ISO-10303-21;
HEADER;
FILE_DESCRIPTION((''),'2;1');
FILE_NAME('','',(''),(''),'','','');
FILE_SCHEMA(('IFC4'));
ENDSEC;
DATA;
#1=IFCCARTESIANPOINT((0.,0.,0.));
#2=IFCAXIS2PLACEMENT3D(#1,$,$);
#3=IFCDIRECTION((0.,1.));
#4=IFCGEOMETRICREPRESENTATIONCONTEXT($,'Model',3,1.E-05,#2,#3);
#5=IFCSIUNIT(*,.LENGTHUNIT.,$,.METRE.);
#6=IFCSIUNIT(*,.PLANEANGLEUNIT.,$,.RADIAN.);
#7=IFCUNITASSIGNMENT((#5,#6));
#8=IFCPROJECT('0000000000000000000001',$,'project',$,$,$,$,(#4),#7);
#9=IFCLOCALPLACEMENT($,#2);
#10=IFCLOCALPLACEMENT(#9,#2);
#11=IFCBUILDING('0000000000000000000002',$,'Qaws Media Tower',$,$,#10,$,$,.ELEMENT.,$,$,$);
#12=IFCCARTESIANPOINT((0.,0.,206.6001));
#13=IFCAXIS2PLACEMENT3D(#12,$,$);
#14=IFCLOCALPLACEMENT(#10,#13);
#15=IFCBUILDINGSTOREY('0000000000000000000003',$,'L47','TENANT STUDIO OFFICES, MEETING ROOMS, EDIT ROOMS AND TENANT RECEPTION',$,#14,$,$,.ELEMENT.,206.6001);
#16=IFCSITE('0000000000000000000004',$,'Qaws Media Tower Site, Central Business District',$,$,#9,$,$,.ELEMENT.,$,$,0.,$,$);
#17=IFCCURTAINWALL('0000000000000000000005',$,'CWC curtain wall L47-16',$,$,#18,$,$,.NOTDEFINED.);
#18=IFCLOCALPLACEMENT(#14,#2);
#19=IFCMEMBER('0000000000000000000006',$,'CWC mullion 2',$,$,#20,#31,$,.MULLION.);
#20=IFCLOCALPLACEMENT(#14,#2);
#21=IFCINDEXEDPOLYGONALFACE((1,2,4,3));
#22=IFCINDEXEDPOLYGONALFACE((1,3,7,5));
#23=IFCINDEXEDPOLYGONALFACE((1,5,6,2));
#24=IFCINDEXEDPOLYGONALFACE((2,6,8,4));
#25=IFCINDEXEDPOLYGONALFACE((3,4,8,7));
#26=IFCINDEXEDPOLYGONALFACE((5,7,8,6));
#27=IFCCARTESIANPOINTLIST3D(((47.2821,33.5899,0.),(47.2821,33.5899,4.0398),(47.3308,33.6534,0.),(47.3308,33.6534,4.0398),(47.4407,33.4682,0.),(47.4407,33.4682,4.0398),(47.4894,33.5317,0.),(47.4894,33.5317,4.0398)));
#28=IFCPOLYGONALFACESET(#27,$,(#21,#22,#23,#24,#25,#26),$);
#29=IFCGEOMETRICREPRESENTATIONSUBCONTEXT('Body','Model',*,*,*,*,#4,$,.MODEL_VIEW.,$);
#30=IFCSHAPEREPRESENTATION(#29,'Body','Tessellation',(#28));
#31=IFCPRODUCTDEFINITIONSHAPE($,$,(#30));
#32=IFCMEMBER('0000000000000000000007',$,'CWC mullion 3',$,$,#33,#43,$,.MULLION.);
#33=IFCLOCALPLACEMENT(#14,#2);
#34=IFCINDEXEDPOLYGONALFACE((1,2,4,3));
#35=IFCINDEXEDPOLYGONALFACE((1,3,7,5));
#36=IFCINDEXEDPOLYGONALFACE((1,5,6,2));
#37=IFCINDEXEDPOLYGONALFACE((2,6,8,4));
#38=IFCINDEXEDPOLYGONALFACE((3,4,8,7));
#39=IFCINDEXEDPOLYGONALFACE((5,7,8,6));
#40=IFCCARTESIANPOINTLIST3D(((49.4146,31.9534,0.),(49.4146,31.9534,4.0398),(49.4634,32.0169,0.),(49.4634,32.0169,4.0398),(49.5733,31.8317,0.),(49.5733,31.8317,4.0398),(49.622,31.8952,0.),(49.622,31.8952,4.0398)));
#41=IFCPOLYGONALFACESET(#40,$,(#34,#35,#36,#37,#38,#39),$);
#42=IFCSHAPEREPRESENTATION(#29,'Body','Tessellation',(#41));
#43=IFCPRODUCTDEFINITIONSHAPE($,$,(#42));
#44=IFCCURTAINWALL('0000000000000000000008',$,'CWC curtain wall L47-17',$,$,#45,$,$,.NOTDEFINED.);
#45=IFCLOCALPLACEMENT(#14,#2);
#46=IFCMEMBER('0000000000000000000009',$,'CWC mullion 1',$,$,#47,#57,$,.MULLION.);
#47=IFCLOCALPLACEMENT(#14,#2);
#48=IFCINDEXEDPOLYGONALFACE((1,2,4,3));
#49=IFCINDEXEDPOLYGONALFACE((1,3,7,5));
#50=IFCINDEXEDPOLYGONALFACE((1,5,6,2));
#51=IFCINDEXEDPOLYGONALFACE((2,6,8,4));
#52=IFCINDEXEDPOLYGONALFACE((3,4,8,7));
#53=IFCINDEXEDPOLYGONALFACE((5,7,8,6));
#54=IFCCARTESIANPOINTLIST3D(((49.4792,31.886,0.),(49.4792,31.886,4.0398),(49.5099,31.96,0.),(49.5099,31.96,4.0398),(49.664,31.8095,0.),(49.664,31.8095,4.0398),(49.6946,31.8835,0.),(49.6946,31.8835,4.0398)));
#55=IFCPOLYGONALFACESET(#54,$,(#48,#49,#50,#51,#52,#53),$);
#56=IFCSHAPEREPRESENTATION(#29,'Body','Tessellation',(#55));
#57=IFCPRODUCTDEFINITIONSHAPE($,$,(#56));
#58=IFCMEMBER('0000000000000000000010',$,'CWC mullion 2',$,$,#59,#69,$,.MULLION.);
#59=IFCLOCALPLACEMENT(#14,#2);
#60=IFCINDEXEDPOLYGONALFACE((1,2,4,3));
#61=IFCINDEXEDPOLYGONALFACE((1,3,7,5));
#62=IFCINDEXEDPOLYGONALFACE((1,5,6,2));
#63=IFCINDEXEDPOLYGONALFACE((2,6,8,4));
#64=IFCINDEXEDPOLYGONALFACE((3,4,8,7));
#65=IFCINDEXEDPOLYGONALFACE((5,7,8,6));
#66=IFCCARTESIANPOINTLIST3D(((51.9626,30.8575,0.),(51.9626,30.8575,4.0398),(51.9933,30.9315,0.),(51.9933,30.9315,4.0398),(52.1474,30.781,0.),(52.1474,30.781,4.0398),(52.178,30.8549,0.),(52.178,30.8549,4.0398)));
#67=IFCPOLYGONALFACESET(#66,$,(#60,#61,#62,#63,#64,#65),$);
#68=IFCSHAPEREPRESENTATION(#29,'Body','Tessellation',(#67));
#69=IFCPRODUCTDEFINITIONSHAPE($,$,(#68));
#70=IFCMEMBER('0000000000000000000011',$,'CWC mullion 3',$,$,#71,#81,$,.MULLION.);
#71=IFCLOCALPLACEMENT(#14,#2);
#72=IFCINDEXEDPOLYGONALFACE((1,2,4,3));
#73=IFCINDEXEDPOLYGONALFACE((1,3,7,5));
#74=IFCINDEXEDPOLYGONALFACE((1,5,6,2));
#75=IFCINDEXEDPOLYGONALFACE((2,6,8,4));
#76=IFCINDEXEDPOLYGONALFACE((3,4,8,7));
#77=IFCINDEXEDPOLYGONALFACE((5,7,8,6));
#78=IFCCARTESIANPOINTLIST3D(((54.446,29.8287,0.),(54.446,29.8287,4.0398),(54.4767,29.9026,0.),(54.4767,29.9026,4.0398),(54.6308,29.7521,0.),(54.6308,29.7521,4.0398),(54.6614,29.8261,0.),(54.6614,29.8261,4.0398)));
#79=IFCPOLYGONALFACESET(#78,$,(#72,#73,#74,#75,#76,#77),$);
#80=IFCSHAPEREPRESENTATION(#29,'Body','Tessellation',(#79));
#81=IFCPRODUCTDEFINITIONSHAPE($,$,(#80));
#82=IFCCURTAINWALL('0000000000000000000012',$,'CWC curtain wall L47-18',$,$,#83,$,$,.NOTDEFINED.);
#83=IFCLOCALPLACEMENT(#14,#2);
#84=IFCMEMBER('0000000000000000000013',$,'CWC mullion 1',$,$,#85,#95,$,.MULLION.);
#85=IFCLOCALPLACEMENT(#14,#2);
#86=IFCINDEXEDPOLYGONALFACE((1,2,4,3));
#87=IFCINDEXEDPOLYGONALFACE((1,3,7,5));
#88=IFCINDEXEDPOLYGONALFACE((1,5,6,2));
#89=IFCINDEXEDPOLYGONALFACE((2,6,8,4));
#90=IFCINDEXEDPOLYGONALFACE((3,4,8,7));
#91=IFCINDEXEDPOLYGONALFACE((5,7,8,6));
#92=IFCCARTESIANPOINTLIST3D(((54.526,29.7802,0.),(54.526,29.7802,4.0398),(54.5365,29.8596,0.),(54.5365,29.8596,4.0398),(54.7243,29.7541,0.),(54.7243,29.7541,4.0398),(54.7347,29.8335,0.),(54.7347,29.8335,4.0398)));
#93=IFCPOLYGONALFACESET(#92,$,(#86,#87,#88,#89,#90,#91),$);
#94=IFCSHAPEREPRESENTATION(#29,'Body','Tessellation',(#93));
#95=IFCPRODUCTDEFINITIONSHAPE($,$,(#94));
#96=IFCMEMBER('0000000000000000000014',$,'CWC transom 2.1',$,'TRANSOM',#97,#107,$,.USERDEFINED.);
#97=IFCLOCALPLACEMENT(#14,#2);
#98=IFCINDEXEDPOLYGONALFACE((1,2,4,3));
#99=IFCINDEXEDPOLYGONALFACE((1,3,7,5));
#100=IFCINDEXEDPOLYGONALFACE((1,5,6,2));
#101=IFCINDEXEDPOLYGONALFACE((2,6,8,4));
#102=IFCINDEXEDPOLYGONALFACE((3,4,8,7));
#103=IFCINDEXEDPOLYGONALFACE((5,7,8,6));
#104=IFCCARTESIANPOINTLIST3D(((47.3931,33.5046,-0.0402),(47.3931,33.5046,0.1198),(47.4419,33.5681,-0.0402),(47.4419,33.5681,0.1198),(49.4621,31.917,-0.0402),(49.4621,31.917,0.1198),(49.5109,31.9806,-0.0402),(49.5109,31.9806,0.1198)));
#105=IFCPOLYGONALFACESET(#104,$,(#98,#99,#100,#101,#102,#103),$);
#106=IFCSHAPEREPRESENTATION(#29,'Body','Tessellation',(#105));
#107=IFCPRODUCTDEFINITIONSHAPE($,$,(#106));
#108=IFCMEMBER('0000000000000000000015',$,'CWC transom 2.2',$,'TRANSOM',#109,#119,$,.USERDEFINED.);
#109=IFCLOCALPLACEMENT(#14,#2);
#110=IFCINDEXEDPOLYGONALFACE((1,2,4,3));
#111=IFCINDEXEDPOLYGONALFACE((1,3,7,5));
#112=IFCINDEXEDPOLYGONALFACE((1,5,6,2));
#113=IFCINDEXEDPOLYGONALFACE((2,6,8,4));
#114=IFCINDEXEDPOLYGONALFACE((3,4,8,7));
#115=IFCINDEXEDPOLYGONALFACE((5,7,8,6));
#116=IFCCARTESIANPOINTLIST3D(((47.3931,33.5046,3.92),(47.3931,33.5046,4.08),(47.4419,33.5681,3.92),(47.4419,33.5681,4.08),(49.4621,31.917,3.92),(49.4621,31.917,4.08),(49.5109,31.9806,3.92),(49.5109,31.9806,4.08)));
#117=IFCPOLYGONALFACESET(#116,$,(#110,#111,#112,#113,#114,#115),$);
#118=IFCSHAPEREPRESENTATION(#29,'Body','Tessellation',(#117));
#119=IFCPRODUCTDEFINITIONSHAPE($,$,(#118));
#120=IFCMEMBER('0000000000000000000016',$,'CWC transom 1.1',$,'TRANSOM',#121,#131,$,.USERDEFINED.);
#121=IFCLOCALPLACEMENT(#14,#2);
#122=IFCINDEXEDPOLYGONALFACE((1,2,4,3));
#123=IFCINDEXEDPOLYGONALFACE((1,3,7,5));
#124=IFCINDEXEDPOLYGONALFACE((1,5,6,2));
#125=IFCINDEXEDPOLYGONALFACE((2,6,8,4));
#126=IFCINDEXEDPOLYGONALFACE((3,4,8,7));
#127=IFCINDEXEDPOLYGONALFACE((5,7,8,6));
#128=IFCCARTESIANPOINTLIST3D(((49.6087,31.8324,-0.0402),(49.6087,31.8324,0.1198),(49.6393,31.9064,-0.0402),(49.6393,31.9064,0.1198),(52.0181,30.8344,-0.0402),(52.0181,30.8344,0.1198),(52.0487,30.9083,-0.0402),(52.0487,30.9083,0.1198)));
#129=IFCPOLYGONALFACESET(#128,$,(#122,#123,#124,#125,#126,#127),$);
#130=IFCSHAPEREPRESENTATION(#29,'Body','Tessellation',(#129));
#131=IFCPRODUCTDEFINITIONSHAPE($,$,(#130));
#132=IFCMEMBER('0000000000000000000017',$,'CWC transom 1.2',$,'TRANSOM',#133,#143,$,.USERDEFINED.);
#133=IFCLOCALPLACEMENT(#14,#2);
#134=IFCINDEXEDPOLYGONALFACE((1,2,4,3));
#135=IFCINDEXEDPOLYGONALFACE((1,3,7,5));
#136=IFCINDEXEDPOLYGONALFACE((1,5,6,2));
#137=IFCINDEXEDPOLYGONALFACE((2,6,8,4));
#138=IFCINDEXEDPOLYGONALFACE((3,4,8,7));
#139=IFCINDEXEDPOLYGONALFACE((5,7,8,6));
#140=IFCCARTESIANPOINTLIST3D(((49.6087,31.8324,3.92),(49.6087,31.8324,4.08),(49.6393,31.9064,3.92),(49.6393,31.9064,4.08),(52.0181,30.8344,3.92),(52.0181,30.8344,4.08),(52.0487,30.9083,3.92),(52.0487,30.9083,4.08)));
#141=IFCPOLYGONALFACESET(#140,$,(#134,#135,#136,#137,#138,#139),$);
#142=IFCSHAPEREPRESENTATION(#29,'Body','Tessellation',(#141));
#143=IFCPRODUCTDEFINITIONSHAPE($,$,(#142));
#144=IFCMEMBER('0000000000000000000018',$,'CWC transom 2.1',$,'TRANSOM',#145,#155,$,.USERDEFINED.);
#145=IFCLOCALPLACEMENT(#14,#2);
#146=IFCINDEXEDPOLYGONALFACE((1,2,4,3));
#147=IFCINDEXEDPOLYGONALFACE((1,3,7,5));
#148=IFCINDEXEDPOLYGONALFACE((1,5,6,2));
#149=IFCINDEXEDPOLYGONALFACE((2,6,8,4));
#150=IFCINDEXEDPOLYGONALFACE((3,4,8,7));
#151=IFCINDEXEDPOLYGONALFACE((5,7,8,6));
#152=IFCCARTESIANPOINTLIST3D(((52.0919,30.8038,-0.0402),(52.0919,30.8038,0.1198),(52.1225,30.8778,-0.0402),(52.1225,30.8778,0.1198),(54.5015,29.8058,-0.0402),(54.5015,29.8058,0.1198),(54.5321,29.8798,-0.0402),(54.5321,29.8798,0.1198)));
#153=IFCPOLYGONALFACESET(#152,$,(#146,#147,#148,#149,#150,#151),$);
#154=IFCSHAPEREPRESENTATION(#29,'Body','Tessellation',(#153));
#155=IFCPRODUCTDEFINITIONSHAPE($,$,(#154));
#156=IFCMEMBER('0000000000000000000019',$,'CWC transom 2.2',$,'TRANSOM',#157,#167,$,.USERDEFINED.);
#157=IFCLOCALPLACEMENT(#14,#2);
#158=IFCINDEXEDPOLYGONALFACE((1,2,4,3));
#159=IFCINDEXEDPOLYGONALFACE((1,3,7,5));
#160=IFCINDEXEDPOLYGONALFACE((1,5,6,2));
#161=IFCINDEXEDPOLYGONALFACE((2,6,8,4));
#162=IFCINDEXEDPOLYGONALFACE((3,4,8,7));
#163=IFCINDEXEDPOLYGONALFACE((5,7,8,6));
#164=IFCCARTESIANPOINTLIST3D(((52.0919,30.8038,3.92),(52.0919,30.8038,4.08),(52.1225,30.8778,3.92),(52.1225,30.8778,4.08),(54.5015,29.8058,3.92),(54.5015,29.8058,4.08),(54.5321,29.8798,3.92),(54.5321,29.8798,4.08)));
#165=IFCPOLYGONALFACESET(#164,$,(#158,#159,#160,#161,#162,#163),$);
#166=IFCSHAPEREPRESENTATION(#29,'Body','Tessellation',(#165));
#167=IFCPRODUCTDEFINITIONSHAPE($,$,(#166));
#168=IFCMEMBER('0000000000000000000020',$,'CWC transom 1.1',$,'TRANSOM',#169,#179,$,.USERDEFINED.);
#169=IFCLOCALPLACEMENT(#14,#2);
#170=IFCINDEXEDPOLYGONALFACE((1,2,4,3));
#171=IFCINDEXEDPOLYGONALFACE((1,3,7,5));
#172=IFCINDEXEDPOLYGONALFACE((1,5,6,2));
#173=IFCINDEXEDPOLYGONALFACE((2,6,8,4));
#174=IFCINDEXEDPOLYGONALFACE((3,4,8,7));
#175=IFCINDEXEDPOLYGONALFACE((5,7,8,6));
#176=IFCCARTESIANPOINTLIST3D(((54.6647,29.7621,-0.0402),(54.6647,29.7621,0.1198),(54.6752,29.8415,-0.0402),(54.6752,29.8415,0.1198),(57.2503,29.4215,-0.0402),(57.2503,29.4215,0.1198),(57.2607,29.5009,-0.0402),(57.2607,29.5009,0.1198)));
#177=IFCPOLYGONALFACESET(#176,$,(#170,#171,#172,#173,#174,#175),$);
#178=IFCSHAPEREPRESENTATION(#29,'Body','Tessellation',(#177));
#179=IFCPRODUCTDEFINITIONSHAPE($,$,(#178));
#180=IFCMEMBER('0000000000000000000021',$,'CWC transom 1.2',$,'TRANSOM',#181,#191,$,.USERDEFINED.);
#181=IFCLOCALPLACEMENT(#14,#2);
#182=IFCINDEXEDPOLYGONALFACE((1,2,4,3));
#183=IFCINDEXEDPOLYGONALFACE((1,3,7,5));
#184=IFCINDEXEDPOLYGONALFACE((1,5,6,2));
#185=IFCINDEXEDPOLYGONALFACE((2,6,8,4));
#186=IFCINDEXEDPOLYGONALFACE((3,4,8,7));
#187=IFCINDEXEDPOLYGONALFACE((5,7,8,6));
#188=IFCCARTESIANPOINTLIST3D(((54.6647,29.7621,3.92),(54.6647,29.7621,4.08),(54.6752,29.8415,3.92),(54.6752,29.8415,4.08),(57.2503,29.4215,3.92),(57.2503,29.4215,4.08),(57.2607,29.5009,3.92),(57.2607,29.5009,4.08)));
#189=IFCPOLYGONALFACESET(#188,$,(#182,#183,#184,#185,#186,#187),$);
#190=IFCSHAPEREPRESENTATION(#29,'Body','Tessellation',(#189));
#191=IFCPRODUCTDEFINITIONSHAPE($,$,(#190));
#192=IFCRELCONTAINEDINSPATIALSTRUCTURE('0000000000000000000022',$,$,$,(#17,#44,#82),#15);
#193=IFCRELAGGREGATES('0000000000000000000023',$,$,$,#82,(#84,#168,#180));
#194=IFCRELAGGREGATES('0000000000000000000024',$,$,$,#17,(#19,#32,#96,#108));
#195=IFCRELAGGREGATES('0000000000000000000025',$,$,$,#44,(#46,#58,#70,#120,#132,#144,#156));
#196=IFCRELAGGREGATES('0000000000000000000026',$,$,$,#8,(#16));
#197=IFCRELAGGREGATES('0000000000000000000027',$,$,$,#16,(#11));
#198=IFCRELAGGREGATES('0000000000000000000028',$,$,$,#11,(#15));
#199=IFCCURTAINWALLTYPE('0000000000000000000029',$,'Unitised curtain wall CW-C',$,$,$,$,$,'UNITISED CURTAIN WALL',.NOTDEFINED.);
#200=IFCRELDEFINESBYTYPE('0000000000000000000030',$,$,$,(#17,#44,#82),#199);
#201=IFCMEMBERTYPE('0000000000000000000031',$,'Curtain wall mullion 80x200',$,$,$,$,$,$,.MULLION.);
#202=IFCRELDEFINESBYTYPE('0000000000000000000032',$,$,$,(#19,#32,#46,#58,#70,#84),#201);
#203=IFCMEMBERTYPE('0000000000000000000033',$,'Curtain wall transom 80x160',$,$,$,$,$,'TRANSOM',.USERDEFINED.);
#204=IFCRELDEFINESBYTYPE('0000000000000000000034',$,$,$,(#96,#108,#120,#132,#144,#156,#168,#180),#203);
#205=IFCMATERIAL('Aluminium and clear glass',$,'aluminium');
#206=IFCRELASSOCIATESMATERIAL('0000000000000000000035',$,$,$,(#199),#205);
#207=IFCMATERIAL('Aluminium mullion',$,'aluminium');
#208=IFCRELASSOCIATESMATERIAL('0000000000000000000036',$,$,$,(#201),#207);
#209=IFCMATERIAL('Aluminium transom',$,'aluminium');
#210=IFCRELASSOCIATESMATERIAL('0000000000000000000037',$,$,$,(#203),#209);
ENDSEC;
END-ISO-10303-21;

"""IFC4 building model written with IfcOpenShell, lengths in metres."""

from ifc_helpers import new_model, si_unit, direction, frame, origin, origin_2d, place, context, subcontext, project, spatial, rectangle, extrude, material, material_profile, profile_set, type_object, element, aggregate, save


model = new_model("IFC4")

# Units and contexts
model_context = context("Model", 3, precision=1e-05, world=origin(), true_north=direction((0.0, 1.0)))
body_context = subcontext(model_context, "Body", "Model", "MODEL_VIEW")
ifc_project = project(units=[si_unit("LENGTHUNIT", "METRE"), si_unit("PLANEANGLEUNIT", "RADIAN")], contexts=[model_context])

# Site, building, storey
site_placement = place(None, origin())
site = spatial("IfcSite", under=ifc_project, at=site_placement, Name="Qaws Media Tower Site, Central Business District", CompositionType="ELEMENT", RefElevation=0.0)
building_placement = place(site_placement, origin())
building = spatial("IfcBuilding", under=site, at=building_placement, Name="Qaws Media Tower", CompositionType="ELEMENT")
storey_placement = place(building_placement, frame((0.0, 0.0, 206.6001)))
storey = spatial("IfcBuildingStorey", under=building, at=storey_placement, Name="L47", Description="TENANT STUDIO OFFICES, MEETING ROOMS, EDIT ROOMS AND TENANT RECEPTION", CompositionType="ELEMENT", Elevation=206.6001)

# Curtain walls, members
ifc_material_1 = material(Name="Aluminium and clear glass", Category="aluminium")
curtain_wall_type = type_object("IfcCurtainWallType", Name="Unitised curtain wall CW-C", ElementType="UNITISED CURTAIN WALL", PredefinedType="NOTDEFINED", material=ifc_material_1)
curtain_wall_1_placement = place(storey_placement, origin())
curtain_wall_1 = element("IfcCurtainWall", 1, at=curtain_wall_1_placement, inside=storey, type_object=curtain_wall_type, Name="CWC curtain wall L47-16", PredefinedType="NOTDEFINED")
ifc_material_2 = material(Name="Aluminium mullion", Category="aluminium")
ifc_material_profile_1 = material_profile(ifc_material_2, rectangle(XDim=0.0801, YDim=0.2, at=origin_2d()), Name="80x200")
ifc_profile_set_1 = profile_set([ifc_material_profile_1], Name="Aluminium mullion")
member_type_1 = type_object("IfcMemberType", Name="Curtain wall mullion 80x200", PredefinedType="MULLION", material=ifc_profile_set_1)
member_1_placement = place(storey_placement, frame((47.3857, 33.5608, 0.0), z_axis=(0.0, 0.0, 1.0), x_axis=(0.608761, 0.793353, 0.0)))
member_1 = element("IfcMember", 2, at=member_1_placement, type_object=member_type_1, Name="CWC mullion 2", PredefinedType="MULLION", context=body_context, shape_type="SweptSolid", body=[
    extrude(rectangle(XDim=0.0801, YDim=0.2, at=origin_2d()), origin(), (0.0, 0.0, 1.0), 4.0398),
])
member_2_placement = place(storey_placement, frame((49.5183, 31.9243, 0.0), z_axis=(0.0, 0.0, 1.0), x_axis=(0.608761, 0.793353, 0.0)))
member_2 = element("IfcMember", 3, at=member_2_placement, type_object=member_type_1, Name="CWC mullion 3", PredefinedType="MULLION", context=body_context, shape_type="SweptSolid", body=[
    extrude(rectangle(XDim=0.0801, YDim=0.2, at=origin_2d()), origin(), (0.0, 0.0, 1.0), 4.0398),
])
curtain_wall_2_placement = place(storey_placement, origin())
curtain_wall_2 = element("IfcCurtainWall", 4, at=curtain_wall_2_placement, inside=storey, type_object=curtain_wall_type, Name="CWC curtain wall L47-17", PredefinedType="NOTDEFINED")
member_3_placement = place(storey_placement, frame((49.5869, 31.8848, 0.0), z_axis=(0.0, 0.0, 1.0), x_axis=(0.382683, 0.92388, 0.0)))
member_3 = element("IfcMember", 5, at=member_3_placement, type_object=member_type_1, Name="CWC mullion 1", PredefinedType="MULLION", context=body_context, shape_type="SweptSolid", body=[
    extrude(rectangle(XDim=0.0801, YDim=0.2, at=origin_2d()), origin(), (0.0, 0.0, 1.0), 4.0398),
])
member_4_placement = place(storey_placement, frame((52.0703, 30.8562, 0.0), z_axis=(0.0, 0.0, 1.0), x_axis=(0.382683, 0.92388, 0.0)))
member_4 = element("IfcMember", 6, at=member_4_placement, type_object=member_type_1, Name="CWC mullion 2", PredefinedType="MULLION", context=body_context, shape_type="SweptSolid", body=[
    extrude(rectangle(XDim=0.0801, YDim=0.2, at=origin_2d()), origin(), (0.0, 0.0, 1.0), 4.0398),
])
member_5_placement = place(storey_placement, frame((54.5537, 29.8274, 0.0), z_axis=(0.0, 0.0, 1.0), x_axis=(0.382683, 0.92388, 0.0)))
member_5 = element("IfcMember", 7, at=member_5_placement, type_object=member_type_1, Name="CWC mullion 3", PredefinedType="MULLION", context=body_context, shape_type="SweptSolid", body=[
    extrude(rectangle(XDim=0.0801, YDim=0.2, at=origin_2d()), origin(), (0.0, 0.0, 1.0), 4.0398),
])

# Curtain wall, member
curtain_wall_3_placement = place(storey_placement, origin())
curtain_wall_3 = element("IfcCurtainWall", 8, at=curtain_wall_3_placement, inside=storey, type_object=curtain_wall_type, Name="CWC curtain wall L47-18", PredefinedType="NOTDEFINED")
member_6_placement = place(storey_placement, frame((54.6304, 29.8069, 0.0), z_axis=(0.0, 0.0, 1.0), x_axis=(0.130526, 0.991445, 0.0)))
member_6 = element("IfcMember", 9, at=member_6_placement, type_object=member_type_1, Name="CWC mullion 1", PredefinedType="MULLION", context=body_context, shape_type="SweptSolid", body=[
    extrude(rectangle(XDim=0.0801, YDim=0.2, at=origin_2d()), origin(), (0.0, 0.0, 1.0), 4.0398),
])

# Members
ifc_material_3 = material(Name="Aluminium transom", Category="aluminium")
ifc_material_profile_2 = material_profile(ifc_material_3, rectangle(XDim=0.0801, YDim=0.1599, at=origin_2d()), Name="80x160")
ifc_profile_set_2 = profile_set([ifc_material_profile_2], Name="Aluminium transom")
member_type_2 = type_object("IfcMemberType", Name="Curtain wall transom 80x160", ElementType="TRANSOM", PredefinedType="USERDEFINED", material=ifc_profile_set_2)
member_7_placement = place(storey_placement, frame((47.4175, 33.5364, 0.0398), z_axis=(0.793358, -0.608756, 0.0), x_axis=(0.608756, 0.793358, 0.0)))
member_7 = element("IfcMember", 10, at=member_7_placement, type_object=member_type_2, Name="CWC transom 2.1", ObjectType="TRANSOM", PredefinedType="USERDEFINED", context=body_context, shape_type="SweptSolid", body=[
    extrude(rectangle(XDim=0.0801, YDim=0.1599, at=origin_2d()), origin(), (0.0, 0.0, 1.0), 2.6079),
])
member_8_placement = place(storey_placement, frame((47.4175, 33.5364, 4.0), z_axis=(0.793358, -0.608756, 0.0), x_axis=(0.608756, 0.793358, 0.0)))
member_8 = element("IfcMember", 11, at=member_8_placement, type_object=member_type_2, Name="CWC transom 2.2", ObjectType="TRANSOM", PredefinedType="USERDEFINED", context=body_context, shape_type="SweptSolid", body=[
    extrude(rectangle(XDim=0.0801, YDim=0.1599, at=origin_2d()), origin(), (0.0, 0.0, 1.0), 2.6079),
])
member_9_placement = place(storey_placement, frame((49.624, 31.8694, 0.0398), z_axis=(0.923875, -0.382694, 0.0), x_axis=(0.382694, 0.923875, 0.0)))
member_9 = element("IfcMember", 12, at=member_9_placement, type_object=member_type_2, Name="CWC transom 1.1", ObjectType="TRANSOM", PredefinedType="USERDEFINED", context=body_context, shape_type="SweptSolid", body=[
    extrude(rectangle(XDim=0.0801, YDim=0.1599, at=origin_2d()), origin(), (0.0, 0.0, 1.0), 2.6079),
])
member_10_placement = place(storey_placement, frame((49.624, 31.8694, 4.0), z_axis=(0.923875, -0.382694, 0.0), x_axis=(0.382694, 0.923875, 0.0)))
member_10 = element("IfcMember", 13, at=member_10_placement, type_object=member_type_2, Name="CWC transom 1.2", ObjectType="TRANSOM", PredefinedType="USERDEFINED", context=body_context, shape_type="SweptSolid", body=[
    extrude(rectangle(XDim=0.0801, YDim=0.1599, at=origin_2d()), origin(), (0.0, 0.0, 1.0), 2.6079),
])
member_11_placement = place(storey_placement, frame((52.1072, 30.8408, 0.0398), z_axis=(0.923889, -0.38266, 0.0), x_axis=(0.38266, 0.923889, 0.0)))
member_11 = element("IfcMember", 14, at=member_11_placement, type_object=member_type_2, Name="CWC transom 2.1", ObjectType="TRANSOM", PredefinedType="USERDEFINED", context=body_context, shape_type="SweptSolid", body=[
    extrude(rectangle(XDim=0.0801, YDim=0.1599, at=origin_2d()), origin(), (0.0, 0.0, 1.0), 2.6082),
])
member_12_placement = place(storey_placement, frame((52.1072, 30.8408, 4.0), z_axis=(0.923889, -0.38266, 0.0), x_axis=(0.38266, 0.923889, 0.0)))
member_12 = element("IfcMember", 15, at=member_12_placement, type_object=member_type_2, Name="CWC transom 2.2", ObjectType="TRANSOM", PredefinedType="USERDEFINED", context=body_context, shape_type="SweptSolid", body=[
    extrude(rectangle(XDim=0.0801, YDim=0.1599, at=origin_2d()), origin(), (0.0, 0.0, 1.0), 2.6082),
])
member_13_placement = place(storey_placement, frame((54.6699, 29.8018, 0.0398), z_axis=(0.991437, -0.130588, 0.0), x_axis=(0.130588, 0.991437, 0.0)))
member_13 = element("IfcMember", 16, at=member_13_placement, type_object=member_type_2, Name="CWC transom 1.1", ObjectType="TRANSOM", PredefinedType="USERDEFINED", context=body_context, shape_type="SweptSolid", body=[
    extrude(rectangle(XDim=0.0801, YDim=0.1599, at=origin_2d()), origin(), (0.0, 0.0, 1.0), 2.6079),
])
member_14_placement = place(storey_placement, frame((54.6699, 29.8018, 4.0), z_axis=(0.991437, -0.130588, 0.0), x_axis=(0.130588, 0.991437, 0.0)))
member_14 = element("IfcMember", 17, at=member_14_placement, type_object=member_type_2, Name="CWC transom 1.2", ObjectType="TRANSOM", PredefinedType="USERDEFINED", context=body_context, shape_type="SweptSolid", body=[
    extrude(rectangle(XDim=0.0801, YDim=0.1599, at=origin_2d()), origin(), (0.0, 0.0, 1.0), 2.6079),
])
aggregate(curtain_wall_3, [member_6, member_13, member_14])

aggregate(curtain_wall_1, [member_1, member_2, member_7, member_8])
aggregate(curtain_wall_2, [member_3, member_4, member_5, member_9, member_10, member_11, member_12])

save(model, "model.ifc")
